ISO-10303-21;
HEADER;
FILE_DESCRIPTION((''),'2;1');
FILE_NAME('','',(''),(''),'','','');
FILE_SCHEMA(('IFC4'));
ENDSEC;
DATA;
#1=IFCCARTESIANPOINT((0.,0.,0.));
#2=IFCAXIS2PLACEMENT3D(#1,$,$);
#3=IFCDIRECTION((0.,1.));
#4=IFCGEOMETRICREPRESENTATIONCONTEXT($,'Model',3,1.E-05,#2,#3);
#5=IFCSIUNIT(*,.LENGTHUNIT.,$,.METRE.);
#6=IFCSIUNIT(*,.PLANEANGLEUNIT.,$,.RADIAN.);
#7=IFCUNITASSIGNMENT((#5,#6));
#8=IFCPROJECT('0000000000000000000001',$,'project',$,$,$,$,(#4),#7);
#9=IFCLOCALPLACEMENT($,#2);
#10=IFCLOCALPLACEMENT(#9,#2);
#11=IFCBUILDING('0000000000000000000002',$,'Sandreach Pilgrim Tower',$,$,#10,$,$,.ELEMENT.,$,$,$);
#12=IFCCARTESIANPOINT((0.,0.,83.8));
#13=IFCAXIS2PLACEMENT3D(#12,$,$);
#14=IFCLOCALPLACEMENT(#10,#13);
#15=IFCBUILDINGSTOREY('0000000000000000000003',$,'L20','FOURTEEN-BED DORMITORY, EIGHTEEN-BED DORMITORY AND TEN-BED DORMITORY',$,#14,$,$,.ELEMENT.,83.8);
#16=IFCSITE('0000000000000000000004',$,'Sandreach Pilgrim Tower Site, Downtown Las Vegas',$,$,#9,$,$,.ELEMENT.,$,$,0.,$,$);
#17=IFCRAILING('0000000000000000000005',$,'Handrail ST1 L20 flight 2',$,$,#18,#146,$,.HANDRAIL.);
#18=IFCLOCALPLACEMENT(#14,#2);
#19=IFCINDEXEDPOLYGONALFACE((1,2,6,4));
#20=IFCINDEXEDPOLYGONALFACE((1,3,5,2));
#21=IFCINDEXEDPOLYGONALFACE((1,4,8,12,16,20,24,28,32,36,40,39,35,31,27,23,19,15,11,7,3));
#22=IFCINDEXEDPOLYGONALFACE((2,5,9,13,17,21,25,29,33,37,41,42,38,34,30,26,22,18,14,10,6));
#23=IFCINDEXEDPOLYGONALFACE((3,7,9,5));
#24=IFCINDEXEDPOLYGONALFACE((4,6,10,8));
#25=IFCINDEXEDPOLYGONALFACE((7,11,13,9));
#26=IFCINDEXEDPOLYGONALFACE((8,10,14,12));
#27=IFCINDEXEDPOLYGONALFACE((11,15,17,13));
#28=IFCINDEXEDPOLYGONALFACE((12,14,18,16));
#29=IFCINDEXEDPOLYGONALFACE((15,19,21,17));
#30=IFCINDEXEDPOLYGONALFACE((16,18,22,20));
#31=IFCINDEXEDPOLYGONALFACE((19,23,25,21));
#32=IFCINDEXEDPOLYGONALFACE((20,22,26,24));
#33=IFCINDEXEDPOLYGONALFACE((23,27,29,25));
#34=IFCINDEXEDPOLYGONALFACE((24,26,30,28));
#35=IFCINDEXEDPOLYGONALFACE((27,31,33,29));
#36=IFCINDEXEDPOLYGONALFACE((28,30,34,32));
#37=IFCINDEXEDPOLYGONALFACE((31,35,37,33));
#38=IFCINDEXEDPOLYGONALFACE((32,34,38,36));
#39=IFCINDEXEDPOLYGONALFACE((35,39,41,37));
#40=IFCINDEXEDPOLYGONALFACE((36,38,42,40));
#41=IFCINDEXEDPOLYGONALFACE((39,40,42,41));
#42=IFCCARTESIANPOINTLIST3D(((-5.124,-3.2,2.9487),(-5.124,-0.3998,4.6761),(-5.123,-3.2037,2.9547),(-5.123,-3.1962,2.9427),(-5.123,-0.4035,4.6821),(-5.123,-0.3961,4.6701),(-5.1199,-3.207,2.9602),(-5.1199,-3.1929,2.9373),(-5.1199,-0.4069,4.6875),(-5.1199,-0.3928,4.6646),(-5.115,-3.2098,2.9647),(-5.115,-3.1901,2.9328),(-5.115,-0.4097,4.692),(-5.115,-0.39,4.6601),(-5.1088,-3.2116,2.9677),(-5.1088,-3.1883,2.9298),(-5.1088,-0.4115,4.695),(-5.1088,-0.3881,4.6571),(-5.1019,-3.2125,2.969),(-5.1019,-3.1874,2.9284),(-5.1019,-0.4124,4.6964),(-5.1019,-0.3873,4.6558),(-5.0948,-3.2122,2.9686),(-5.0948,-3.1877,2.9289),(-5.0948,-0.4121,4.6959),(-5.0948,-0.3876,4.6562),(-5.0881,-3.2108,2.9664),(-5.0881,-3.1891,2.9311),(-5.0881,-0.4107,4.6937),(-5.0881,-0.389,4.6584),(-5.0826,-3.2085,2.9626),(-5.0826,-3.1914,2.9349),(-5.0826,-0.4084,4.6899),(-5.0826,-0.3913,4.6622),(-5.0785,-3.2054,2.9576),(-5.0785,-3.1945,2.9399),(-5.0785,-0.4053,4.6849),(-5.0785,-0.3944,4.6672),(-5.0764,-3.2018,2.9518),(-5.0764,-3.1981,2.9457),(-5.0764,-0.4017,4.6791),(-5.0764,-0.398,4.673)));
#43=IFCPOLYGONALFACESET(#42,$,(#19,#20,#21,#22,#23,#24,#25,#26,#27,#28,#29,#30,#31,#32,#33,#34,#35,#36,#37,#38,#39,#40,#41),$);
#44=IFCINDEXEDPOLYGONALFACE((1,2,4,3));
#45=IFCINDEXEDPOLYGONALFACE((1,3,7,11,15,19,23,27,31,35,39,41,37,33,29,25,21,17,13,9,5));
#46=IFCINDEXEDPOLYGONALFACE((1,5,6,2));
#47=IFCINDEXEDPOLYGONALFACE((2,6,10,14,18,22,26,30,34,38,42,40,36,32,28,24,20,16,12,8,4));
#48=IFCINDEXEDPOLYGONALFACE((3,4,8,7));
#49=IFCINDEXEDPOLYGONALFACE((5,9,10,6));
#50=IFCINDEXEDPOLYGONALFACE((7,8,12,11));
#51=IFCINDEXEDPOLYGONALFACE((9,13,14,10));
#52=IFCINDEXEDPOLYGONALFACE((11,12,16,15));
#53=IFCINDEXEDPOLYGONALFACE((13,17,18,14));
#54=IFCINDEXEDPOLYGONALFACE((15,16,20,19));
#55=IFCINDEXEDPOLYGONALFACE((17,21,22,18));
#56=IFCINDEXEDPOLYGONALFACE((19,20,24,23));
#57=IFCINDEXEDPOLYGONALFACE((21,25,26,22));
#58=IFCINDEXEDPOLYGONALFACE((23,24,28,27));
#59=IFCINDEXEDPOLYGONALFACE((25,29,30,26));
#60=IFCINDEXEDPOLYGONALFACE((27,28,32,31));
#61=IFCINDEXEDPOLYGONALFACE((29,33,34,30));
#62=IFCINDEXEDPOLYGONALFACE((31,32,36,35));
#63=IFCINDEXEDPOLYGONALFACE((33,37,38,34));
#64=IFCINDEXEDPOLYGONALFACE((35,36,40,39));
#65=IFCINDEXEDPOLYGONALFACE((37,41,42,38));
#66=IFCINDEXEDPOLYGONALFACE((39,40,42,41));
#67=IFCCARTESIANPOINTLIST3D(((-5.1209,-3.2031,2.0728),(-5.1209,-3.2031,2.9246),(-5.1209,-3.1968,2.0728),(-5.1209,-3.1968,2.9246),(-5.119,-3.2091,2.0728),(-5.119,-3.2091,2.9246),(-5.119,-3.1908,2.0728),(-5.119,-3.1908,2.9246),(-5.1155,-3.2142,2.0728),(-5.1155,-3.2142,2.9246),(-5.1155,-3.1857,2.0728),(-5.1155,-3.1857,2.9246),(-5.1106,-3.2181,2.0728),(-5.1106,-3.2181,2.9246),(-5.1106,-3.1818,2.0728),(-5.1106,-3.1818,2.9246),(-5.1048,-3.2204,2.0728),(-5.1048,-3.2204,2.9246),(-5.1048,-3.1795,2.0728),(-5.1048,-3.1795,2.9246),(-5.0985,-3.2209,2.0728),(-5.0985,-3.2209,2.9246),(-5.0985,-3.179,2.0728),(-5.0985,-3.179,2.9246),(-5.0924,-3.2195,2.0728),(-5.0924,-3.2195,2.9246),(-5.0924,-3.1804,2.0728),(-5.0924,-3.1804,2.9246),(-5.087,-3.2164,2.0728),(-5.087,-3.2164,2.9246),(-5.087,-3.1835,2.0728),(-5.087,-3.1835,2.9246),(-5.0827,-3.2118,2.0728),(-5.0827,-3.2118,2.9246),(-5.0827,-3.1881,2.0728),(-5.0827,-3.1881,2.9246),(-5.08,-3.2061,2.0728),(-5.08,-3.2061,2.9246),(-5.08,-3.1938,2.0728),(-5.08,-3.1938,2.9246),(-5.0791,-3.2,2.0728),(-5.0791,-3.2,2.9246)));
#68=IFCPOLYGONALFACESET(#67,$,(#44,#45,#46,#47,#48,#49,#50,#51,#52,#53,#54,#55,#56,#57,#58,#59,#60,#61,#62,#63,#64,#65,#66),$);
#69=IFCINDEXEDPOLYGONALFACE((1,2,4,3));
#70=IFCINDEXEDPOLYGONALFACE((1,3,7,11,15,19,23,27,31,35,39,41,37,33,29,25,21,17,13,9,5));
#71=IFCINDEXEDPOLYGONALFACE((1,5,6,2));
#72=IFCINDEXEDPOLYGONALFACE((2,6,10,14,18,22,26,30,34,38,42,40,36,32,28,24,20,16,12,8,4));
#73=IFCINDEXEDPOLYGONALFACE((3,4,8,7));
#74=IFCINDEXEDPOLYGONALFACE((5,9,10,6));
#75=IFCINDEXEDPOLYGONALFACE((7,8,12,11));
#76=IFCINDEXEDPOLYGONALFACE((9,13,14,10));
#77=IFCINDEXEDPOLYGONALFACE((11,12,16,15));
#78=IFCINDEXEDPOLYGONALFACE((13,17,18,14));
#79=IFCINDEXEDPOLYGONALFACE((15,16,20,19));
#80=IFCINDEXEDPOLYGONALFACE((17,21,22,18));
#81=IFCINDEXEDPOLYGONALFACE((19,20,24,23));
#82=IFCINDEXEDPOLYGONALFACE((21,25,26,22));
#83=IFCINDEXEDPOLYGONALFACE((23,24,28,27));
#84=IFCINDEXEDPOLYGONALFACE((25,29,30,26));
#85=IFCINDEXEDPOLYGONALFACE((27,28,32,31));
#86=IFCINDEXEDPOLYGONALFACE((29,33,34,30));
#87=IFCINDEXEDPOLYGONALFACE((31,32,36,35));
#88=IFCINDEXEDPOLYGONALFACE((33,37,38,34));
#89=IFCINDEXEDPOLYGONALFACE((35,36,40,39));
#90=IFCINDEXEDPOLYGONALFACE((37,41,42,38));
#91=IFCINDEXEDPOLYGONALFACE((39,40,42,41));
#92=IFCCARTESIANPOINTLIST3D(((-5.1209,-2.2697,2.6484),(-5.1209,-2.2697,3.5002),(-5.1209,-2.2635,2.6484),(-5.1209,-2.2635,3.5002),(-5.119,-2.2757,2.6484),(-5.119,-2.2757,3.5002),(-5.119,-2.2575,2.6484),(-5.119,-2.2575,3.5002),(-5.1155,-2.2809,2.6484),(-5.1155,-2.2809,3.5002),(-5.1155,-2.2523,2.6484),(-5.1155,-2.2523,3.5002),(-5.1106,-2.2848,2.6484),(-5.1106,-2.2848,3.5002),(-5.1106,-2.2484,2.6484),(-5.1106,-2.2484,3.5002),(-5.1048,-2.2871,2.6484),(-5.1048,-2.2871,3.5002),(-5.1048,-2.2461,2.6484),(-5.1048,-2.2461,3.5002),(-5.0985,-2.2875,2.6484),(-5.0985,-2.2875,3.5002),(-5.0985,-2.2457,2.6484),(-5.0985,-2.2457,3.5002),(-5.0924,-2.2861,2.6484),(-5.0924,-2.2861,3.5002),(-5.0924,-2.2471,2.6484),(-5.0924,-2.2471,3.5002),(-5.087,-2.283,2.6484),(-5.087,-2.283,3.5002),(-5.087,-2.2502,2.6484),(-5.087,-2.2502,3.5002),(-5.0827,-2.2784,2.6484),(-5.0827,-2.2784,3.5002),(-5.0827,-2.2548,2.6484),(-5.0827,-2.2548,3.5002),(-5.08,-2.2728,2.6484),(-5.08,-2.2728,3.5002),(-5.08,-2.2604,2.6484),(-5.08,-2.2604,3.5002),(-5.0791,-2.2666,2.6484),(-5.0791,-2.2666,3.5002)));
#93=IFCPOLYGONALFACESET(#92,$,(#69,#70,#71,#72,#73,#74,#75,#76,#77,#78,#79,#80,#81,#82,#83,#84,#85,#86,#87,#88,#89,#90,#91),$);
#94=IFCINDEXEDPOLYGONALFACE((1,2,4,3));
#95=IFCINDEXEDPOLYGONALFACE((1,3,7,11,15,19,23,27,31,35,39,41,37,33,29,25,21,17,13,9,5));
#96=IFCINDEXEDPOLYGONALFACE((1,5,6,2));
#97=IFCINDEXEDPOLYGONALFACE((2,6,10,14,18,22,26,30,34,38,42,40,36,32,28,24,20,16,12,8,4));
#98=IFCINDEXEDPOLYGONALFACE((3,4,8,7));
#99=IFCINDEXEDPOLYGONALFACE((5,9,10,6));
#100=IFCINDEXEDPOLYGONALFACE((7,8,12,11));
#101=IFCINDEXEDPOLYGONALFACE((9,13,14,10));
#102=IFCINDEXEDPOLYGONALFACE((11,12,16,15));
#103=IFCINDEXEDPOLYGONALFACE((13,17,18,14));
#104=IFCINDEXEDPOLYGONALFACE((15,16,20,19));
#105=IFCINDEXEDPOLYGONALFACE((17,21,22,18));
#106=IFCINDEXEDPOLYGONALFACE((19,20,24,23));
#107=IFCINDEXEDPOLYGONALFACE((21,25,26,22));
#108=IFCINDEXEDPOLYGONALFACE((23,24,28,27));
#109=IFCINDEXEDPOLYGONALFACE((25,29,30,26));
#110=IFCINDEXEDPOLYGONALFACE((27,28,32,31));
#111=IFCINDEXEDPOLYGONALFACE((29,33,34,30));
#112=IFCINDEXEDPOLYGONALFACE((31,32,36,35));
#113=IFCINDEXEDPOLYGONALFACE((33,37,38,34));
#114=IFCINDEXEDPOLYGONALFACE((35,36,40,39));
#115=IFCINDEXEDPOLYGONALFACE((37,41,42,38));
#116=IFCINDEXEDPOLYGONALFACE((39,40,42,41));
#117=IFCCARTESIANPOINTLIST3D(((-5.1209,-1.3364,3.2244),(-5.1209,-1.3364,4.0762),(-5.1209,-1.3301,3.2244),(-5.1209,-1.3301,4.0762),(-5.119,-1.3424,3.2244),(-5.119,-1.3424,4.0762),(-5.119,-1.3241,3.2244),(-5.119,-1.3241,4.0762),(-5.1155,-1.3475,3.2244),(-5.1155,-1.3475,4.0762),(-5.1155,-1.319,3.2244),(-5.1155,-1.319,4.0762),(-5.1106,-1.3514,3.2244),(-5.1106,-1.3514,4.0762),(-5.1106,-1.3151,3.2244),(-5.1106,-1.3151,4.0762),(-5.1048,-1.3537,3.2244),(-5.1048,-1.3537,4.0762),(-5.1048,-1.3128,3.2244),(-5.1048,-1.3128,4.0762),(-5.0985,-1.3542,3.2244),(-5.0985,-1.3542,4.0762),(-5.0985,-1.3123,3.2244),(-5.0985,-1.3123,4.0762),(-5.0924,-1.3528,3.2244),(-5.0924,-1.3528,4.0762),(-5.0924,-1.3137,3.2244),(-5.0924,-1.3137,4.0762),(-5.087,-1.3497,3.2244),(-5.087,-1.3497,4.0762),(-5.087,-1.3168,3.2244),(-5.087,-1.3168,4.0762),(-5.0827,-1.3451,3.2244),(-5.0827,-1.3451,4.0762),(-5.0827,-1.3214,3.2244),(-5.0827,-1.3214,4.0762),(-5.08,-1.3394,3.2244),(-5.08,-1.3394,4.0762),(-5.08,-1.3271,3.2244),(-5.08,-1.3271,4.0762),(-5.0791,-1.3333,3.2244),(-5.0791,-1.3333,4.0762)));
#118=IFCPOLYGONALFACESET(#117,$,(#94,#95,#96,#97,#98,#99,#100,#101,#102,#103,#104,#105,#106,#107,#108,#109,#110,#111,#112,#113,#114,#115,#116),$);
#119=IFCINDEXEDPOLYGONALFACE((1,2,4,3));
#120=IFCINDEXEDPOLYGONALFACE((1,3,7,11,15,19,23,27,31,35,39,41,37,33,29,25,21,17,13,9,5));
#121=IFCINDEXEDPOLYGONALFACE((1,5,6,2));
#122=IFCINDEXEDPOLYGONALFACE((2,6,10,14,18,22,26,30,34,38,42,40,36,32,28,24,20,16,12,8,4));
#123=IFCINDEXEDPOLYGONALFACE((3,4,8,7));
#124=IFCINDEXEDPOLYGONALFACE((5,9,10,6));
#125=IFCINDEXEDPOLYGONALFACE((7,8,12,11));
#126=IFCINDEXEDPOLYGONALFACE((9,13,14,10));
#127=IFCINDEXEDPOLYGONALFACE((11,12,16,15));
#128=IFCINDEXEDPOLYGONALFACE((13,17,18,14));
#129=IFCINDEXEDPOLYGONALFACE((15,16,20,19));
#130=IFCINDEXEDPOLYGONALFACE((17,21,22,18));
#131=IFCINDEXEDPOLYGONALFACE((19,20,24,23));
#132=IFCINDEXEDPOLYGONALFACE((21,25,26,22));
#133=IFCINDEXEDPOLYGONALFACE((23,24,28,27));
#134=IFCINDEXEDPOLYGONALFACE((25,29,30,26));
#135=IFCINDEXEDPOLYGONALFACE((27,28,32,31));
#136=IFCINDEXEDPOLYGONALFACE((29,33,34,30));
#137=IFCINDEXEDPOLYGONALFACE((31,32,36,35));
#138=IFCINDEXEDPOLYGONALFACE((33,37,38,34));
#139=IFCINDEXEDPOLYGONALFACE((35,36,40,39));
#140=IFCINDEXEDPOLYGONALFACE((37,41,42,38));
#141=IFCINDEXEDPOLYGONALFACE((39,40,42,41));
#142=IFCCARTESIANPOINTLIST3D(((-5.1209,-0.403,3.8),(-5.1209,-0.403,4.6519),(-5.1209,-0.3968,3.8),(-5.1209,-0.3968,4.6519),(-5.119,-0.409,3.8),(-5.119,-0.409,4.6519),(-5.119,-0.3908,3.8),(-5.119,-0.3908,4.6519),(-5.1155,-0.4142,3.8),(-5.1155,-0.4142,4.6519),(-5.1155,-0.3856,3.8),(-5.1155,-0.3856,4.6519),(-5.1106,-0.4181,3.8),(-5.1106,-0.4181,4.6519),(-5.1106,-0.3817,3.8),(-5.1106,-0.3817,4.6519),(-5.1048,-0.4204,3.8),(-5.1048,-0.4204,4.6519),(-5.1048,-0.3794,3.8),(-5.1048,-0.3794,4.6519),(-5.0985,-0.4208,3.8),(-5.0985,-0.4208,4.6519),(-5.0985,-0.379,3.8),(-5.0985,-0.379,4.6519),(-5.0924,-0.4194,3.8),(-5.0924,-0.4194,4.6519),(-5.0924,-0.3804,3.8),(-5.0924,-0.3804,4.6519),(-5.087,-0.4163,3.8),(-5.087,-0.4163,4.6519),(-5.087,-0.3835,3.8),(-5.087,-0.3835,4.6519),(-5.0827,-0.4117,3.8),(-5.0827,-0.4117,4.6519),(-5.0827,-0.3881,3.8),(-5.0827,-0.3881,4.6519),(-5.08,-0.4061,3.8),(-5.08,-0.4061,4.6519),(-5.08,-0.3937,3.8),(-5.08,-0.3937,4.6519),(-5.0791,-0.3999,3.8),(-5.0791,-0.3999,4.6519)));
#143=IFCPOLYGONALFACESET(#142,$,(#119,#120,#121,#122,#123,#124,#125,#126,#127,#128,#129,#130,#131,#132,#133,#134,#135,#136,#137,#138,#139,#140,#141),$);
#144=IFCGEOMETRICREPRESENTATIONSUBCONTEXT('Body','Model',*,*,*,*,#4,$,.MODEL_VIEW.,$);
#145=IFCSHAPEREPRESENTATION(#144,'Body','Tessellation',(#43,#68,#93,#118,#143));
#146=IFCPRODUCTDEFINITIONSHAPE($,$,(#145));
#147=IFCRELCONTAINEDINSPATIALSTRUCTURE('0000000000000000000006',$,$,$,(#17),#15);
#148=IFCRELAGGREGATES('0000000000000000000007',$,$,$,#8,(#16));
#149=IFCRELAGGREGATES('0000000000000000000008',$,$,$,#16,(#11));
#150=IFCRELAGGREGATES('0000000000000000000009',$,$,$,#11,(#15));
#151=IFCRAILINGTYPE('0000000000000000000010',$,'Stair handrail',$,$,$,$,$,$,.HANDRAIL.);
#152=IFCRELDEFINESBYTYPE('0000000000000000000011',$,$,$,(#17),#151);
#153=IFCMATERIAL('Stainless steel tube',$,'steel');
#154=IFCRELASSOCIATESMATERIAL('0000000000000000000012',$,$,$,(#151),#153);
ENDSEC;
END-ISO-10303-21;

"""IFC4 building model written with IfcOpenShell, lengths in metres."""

from ifc_helpers import new_model, si_unit, direction, frame, origin, origin_2d, place, context, subcontext, project, spatial, circle, extrude, material, type_object, element, save


model = new_model("IFC4")

# Units and contexts
model_context = context("Model", 3, precision=1e-05, world=origin(), true_north=direction((0.0, 1.0)))
body_context = subcontext(model_context, "Body", "Model", "MODEL_VIEW")
ifc_project = project(units=[si_unit("LENGTHUNIT", "METRE"), si_unit("PLANEANGLEUNIT", "RADIAN")], contexts=[model_context])

# Site, building, storey
site_placement = place(None, origin())
site = spatial("IfcSite", under=ifc_project, at=site_placement, Name="Sandreach Pilgrim Tower Site, Downtown Las Vegas", CompositionType="ELEMENT", RefElevation=0.0)
building_placement = place(site_placement, origin())
building = spatial("IfcBuilding", under=site, at=building_placement, Name="Sandreach Pilgrim Tower", CompositionType="ELEMENT")
storey_placement = place(building_placement, frame((0.0, 0.0, 83.8)))
storey = spatial("IfcBuildingStorey", under=building, at=storey_placement, Name="L20", Description="FOURTEEN-BED DORMITORY, EIGHTEEN-BED DORMITORY AND TEN-BED DORMITORY", CompositionType="ELEMENT", Elevation=83.8)

# Railing
ifc_material_1 = material(Name="Stainless steel tube", Category="steel")
railing_type = type_object("IfcRailingType", Name="Stair handrail", PredefinedType="HANDRAIL", material=ifc_material_1)
for number, where, name in (
    (1, (-5.1001, -3.2, 2.0728), "Handrail ST1 L20 flight 2"),
):
    element("IfcRailing", number, at=place(storey_placement, frame(where)), inside=storey, type_object=railing_type, Name=name, PredefinedType="HANDRAIL", context=body_context, shape_type="SweptSolid", body=[
        extrude(circle(Radius=0.0239, at=origin_2d()), frame((0.0, 0.0, 0.876), z_axis=(0.0, 0.85109, 0.52502), x_axis=(-1.0, 0.0, 0.0)), (0.0, 0.0, 1.0), 3.29),
        extrude(circle(Radius=0.021, at=origin_2d()), origin(), (0.0, 0.0, 1.0), 0.8518),
        extrude(circle(Radius=0.021, at=origin_2d()), frame((0.0, 0.9333, 0.5757)), (0.0, 0.0, 1.0), 0.8518),
        extrude(circle(Radius=0.021, at=origin_2d()), frame((0.0, 1.8667, 1.1516)), (0.0, 0.0, 1.0), 0.8518),
        extrude(circle(Radius=0.021, at=origin_2d()), frame((0.0, 2.8, 1.7273)), (0.0, 0.0, 1.0), 0.8518),
    ])

save(model, "model.ifc")
